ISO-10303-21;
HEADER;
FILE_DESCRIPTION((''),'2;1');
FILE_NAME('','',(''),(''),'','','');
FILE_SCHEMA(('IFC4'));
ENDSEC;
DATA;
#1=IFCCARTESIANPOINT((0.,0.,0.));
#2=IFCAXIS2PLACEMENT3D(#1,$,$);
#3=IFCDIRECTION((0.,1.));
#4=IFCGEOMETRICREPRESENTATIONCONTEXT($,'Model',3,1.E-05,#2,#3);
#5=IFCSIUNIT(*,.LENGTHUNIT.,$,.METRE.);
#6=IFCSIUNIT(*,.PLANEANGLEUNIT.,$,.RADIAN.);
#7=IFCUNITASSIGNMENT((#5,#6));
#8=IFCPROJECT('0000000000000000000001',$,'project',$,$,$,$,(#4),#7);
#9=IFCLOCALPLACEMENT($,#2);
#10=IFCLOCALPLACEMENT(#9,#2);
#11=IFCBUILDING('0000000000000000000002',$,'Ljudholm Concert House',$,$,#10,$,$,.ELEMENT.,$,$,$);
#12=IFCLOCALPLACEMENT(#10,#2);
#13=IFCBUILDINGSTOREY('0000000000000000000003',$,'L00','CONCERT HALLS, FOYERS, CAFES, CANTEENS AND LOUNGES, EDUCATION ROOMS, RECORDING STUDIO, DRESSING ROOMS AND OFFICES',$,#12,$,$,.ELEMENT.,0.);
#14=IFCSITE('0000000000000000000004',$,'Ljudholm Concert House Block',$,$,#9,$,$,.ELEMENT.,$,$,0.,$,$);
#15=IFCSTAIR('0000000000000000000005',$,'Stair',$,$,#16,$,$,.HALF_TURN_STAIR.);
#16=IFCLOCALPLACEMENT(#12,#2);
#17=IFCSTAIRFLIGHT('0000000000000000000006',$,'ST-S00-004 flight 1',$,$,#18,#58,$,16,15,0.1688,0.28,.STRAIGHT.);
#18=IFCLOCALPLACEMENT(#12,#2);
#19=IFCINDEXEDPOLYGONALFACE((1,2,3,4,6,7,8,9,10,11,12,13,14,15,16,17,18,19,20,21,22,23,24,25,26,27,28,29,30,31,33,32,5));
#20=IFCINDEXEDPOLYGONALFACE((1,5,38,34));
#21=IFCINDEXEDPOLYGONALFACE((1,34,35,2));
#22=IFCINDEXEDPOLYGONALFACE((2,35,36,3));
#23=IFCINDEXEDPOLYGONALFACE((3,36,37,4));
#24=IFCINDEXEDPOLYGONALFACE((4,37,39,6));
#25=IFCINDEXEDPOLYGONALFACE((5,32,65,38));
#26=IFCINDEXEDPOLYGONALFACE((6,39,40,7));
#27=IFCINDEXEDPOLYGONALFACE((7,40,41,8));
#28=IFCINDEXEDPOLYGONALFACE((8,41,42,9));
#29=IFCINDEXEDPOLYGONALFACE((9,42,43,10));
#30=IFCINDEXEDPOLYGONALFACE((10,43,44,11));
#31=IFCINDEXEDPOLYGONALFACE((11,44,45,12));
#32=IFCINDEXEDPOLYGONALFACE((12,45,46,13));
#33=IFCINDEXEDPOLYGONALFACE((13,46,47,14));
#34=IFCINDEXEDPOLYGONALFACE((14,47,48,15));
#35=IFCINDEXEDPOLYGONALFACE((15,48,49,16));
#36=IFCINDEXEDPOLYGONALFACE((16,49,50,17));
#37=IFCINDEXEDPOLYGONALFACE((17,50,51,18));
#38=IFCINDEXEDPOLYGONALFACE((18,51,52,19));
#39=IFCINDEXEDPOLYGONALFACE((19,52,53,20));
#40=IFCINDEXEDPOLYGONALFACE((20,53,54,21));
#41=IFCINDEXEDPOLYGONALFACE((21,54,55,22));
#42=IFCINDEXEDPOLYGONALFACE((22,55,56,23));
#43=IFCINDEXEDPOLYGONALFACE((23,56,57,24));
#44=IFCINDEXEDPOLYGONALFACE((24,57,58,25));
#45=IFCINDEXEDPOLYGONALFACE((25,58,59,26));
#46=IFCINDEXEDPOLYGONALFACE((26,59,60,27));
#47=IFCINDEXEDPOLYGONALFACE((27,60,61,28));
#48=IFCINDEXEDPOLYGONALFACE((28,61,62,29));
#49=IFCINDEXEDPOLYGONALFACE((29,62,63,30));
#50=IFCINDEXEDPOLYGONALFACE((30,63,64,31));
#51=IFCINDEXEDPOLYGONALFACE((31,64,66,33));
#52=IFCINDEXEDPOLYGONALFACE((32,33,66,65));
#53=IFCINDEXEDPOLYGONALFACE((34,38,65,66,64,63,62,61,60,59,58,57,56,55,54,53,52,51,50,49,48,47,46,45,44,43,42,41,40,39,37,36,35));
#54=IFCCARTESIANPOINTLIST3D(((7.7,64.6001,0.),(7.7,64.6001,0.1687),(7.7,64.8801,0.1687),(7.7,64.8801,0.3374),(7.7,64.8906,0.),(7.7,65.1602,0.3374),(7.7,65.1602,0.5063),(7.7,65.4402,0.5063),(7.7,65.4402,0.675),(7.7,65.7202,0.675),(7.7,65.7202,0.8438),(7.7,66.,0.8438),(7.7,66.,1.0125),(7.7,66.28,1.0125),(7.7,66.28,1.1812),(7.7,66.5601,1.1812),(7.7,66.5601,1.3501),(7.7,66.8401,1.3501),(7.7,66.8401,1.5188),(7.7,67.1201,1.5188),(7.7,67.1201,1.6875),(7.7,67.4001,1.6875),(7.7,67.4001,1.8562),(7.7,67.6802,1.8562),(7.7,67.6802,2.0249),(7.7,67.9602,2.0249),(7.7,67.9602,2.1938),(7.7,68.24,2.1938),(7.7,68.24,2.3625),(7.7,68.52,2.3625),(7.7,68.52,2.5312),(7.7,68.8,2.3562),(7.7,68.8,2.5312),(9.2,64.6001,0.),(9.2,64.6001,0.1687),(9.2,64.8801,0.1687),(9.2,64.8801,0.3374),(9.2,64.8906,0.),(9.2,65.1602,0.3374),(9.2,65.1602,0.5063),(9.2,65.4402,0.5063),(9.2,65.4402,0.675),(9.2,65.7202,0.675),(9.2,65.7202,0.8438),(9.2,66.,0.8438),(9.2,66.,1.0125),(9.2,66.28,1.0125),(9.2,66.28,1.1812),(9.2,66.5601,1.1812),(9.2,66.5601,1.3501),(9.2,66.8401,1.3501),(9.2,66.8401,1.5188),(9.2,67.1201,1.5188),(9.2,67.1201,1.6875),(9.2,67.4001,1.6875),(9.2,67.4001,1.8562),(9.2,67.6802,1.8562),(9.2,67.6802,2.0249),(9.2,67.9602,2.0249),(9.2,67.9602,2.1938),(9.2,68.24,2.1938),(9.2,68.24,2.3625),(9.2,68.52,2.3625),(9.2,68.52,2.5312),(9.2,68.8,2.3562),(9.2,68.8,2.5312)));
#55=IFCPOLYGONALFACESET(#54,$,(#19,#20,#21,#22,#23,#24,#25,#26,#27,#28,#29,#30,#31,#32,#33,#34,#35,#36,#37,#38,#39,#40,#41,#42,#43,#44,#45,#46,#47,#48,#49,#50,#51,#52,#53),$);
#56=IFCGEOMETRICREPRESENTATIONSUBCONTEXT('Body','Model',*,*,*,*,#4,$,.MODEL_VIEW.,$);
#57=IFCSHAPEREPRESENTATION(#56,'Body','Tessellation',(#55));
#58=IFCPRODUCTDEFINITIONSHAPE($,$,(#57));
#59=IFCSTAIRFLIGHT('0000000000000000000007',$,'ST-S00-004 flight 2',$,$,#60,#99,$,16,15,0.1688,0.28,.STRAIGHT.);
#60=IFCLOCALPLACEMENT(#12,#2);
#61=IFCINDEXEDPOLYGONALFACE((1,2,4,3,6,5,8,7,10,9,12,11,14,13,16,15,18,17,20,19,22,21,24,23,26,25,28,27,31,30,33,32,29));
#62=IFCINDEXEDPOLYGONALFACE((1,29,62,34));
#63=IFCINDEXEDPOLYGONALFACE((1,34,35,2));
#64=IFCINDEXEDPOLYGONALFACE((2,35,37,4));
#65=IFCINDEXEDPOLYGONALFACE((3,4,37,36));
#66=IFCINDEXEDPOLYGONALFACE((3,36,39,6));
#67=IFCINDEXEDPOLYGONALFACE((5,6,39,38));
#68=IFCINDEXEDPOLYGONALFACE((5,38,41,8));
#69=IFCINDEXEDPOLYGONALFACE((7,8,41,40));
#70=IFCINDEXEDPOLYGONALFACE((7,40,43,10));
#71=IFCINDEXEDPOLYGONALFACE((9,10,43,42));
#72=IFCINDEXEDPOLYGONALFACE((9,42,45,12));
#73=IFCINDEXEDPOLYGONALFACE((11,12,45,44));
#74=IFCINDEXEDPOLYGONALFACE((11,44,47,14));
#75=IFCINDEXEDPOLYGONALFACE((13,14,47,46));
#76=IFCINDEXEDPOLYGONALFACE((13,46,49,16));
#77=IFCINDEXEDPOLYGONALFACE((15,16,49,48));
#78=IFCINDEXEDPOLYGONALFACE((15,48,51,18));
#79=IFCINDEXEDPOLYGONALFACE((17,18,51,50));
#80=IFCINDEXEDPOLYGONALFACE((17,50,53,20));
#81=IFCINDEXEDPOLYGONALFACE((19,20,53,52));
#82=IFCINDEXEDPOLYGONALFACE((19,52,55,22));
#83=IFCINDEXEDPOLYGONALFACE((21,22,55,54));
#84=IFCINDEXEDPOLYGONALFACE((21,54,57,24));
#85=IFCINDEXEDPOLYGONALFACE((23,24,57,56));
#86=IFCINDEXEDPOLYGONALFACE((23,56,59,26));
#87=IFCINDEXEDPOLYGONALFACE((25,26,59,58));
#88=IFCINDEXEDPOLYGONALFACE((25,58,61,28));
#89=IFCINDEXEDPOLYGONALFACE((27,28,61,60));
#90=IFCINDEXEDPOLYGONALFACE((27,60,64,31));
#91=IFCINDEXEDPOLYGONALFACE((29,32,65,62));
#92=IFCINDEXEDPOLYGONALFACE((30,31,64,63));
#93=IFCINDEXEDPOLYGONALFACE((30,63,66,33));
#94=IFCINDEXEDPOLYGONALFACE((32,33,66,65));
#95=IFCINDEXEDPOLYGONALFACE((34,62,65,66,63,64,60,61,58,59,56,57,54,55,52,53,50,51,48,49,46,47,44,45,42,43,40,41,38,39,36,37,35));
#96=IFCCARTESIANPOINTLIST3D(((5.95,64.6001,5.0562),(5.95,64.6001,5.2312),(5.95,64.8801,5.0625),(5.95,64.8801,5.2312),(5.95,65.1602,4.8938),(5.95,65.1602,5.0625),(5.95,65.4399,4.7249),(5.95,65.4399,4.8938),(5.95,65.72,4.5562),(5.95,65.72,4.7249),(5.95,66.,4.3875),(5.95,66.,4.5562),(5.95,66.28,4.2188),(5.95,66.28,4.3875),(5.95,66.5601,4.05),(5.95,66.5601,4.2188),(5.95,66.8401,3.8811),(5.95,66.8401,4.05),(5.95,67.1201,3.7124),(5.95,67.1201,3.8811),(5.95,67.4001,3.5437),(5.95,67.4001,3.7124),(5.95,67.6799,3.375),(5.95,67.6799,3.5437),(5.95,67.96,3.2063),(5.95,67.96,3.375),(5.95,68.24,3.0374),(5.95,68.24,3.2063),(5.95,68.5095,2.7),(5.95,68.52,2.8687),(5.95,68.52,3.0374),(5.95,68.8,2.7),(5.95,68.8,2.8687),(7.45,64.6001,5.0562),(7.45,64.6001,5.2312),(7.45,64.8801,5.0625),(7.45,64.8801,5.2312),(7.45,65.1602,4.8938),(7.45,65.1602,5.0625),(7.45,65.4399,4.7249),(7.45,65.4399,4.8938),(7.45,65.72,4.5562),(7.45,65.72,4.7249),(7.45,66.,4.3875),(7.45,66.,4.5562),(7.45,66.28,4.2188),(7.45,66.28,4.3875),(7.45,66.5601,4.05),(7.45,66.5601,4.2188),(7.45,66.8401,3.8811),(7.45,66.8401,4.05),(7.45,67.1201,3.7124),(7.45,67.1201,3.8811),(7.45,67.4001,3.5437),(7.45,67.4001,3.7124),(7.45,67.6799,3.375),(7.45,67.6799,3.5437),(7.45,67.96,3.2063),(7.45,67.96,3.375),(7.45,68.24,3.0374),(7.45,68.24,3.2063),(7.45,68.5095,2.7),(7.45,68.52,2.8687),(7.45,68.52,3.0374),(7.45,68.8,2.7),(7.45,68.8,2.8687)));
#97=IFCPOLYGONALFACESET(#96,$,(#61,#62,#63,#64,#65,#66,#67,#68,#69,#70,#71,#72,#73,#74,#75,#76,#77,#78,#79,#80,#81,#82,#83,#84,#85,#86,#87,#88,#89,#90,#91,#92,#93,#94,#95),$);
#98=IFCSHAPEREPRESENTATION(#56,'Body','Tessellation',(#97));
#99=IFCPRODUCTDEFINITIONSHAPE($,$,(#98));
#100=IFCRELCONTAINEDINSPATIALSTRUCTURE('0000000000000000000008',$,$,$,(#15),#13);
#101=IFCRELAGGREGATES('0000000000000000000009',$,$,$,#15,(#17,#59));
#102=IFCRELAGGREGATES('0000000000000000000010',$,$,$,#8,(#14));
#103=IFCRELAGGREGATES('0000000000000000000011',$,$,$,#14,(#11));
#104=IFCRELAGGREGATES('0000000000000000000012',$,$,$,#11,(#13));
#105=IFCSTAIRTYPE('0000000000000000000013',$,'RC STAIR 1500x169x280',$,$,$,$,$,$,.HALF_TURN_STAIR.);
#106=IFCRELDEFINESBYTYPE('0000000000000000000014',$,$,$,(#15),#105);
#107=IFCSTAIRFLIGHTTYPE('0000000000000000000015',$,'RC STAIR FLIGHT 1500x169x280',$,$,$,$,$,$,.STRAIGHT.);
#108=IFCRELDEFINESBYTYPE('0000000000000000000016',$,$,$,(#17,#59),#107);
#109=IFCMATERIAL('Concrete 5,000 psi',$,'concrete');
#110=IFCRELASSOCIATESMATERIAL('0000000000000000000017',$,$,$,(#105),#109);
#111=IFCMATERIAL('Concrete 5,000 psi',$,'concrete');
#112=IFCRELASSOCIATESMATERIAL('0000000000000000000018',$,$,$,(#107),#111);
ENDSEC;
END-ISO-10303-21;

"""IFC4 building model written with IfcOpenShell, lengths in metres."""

from ifc_helpers import new_model, si_unit, direction, frame, origin, place, context, subcontext, project, spatial, polyline, outline, extrude, material, type_object, element, aggregate, save


model = new_model("IFC4")

# Units and contexts
model_context = context("Model", 3, precision=1e-05, world=origin(), true_north=direction((0.0, 1.0)))
body_context = subcontext(model_context, "Body", "Model", "MODEL_VIEW")
ifc_project = project(units=[si_unit("LENGTHUNIT", "METRE"), si_unit("PLANEANGLEUNIT", "RADIAN")], contexts=[model_context])

# Site, building, storey
site_placement = place(None, origin())
site = spatial("IfcSite", under=ifc_project, at=site_placement, Name="Ljudholm Concert House Block", CompositionType="ELEMENT", RefElevation=0.0)
building_placement = place(site_placement, origin())
building = spatial("IfcBuilding", under=site, at=building_placement, Name="Ljudholm Concert House", CompositionType="ELEMENT")
storey_placement = place(building_placement, origin())
storey = spatial("IfcBuildingStorey", under=building, at=storey_placement, Name="L00", Description="CONCERT HALLS, FOYERS, CAFES, CANTEENS AND LOUNGES, EDUCATION ROOMS, RECORDING STUDIO, DRESSING ROOMS AND OFFICES", CompositionType="ELEMENT", Elevation=0.0)

# Stair, stair flights
ifc_material_1 = material(Name="Concrete 5,000 psi", Category="concrete")
stair_type = type_object("IfcStairType", Name="RC STAIR 1500x169x280", PredefinedType="HALF_TURN_STAIR", material=ifc_material_1)
stair_placement = place(storey_placement, origin())
stair = element("IfcStair", 1, at=stair_placement, inside=storey, type_object=stair_type, Name="Stair", PredefinedType="HALF_TURN_STAIR")
ifc_material_2 = material(Name="Concrete 5,000 psi", Category="concrete")
stair_flight_type = type_object("IfcStairFlightType", Name="RC STAIR FLIGHT 1500x169x280", PredefinedType="STRAIGHT", material=ifc_material_2)
stair_flight_1_placement = place(storey_placement, frame((8.45, 64.6001, 0.0), z_axis=(0.0, 0.0, 1.0), x_axis=(0.0, 1.0, 0.0)))
stair_flight_1 = element("IfcStairFlight", 2, at=stair_flight_1_placement, type_object=stair_flight_type, Name="ST-S00-004 flight 1", NumberOfRisers=16, NumberOfTreads=15, PredefinedType="STRAIGHT", RiserHeight=0.1688, TreadLength=0.28, context=body_context, shape_type="SweptSolid", body=[
    extrude(outline(polyline([(0.0, 0.0), (0.0, 0.1687), (0.28, 0.1687), (0.28, 0.3374), (0.5601, 0.3374), (0.5601, 0.5063), (0.8401, 0.5063), (0.8401, 0.675), (1.1201, 0.675), (1.1201, 0.8438), (1.3999, 0.8438), (1.3999, 1.0125), (1.6799, 1.0125), (1.6799, 1.1812), (1.96, 1.1812), (1.96, 1.3501), (2.24, 1.3501), (2.24, 1.5188), (2.52, 1.5188), (2.52, 1.6875), (2.8, 1.6875), (2.8, 1.8562), (3.0801, 1.8562), (3.0801, 2.0249), (3.3601, 2.0249), (3.3601, 2.1938), (3.6399, 2.1938), (3.6399, 2.3625), (3.9199, 2.3625), (3.9199, 2.5312), (4.2, 2.5312), (4.2, 2.7), (4.2, 2.3562), (0.2905, 0.0), (0.0, 0.0)])), frame((0.0, 0.75, 0.0), z_axis=(0.0, -1.0, 0.0), x_axis=(1.0, 0.0, 0.0)), (0.0, 0.0, 1.0), 1.5),
])
stair_flight_2_placement = place(storey_placement, frame((6.7, 68.8, 2.7), z_axis=(0.0, 0.0, 1.0), x_axis=(0.0, -1.0, 0.0)))
stair_flight_2 = element("IfcStairFlight", 3, at=stair_flight_2_placement, type_object=stair_flight_type, Name="ST-S00-004 flight 2", NumberOfRisers=16, NumberOfTreads=15, PredefinedType="STRAIGHT", RiserHeight=0.1688, TreadLength=0.28, context=body_context, shape_type="SweptSolid", body=[
    extrude(outline(polyline([(0.0, 0.0), (0.0, 0.1687), (0.28, 0.1687), (0.28, 0.3374), (0.5601, 0.3374), (0.5601, 0.5063), (0.8401, 0.5063), (0.8401, 0.675), (1.1201, 0.675), (1.1201, 0.8438), (1.3999, 0.8438), (1.3999, 1.0125), (1.6799, 1.0125), (1.6799, 1.1812), (1.96, 1.1812), (1.96, 1.3501), (2.24, 1.3501), (2.24, 1.5188), (2.52, 1.5188), (2.52, 1.6875), (2.8, 1.6875), (2.8, 1.8562), (3.0801, 1.8562), (3.0801, 2.0249), (3.3601, 2.0249), (3.3601, 2.1938), (3.6399, 2.1938), (3.6399, 2.3625), (3.9199, 2.3625), (3.9199, 2.5312), (4.2, 2.5312), (4.2, 2.7), (4.2, 2.3562), (0.2905, 0.0), (0.0, 0.0)])), frame((0.0, 0.75, 0.0), z_axis=(0.0, -1.0, 0.0), x_axis=(1.0, 0.0, 0.0)), (0.0, 0.0, 1.0), 1.5),
])
aggregate(stair, [stair_flight_1, stair_flight_2])

save(model, "model.ifc")
